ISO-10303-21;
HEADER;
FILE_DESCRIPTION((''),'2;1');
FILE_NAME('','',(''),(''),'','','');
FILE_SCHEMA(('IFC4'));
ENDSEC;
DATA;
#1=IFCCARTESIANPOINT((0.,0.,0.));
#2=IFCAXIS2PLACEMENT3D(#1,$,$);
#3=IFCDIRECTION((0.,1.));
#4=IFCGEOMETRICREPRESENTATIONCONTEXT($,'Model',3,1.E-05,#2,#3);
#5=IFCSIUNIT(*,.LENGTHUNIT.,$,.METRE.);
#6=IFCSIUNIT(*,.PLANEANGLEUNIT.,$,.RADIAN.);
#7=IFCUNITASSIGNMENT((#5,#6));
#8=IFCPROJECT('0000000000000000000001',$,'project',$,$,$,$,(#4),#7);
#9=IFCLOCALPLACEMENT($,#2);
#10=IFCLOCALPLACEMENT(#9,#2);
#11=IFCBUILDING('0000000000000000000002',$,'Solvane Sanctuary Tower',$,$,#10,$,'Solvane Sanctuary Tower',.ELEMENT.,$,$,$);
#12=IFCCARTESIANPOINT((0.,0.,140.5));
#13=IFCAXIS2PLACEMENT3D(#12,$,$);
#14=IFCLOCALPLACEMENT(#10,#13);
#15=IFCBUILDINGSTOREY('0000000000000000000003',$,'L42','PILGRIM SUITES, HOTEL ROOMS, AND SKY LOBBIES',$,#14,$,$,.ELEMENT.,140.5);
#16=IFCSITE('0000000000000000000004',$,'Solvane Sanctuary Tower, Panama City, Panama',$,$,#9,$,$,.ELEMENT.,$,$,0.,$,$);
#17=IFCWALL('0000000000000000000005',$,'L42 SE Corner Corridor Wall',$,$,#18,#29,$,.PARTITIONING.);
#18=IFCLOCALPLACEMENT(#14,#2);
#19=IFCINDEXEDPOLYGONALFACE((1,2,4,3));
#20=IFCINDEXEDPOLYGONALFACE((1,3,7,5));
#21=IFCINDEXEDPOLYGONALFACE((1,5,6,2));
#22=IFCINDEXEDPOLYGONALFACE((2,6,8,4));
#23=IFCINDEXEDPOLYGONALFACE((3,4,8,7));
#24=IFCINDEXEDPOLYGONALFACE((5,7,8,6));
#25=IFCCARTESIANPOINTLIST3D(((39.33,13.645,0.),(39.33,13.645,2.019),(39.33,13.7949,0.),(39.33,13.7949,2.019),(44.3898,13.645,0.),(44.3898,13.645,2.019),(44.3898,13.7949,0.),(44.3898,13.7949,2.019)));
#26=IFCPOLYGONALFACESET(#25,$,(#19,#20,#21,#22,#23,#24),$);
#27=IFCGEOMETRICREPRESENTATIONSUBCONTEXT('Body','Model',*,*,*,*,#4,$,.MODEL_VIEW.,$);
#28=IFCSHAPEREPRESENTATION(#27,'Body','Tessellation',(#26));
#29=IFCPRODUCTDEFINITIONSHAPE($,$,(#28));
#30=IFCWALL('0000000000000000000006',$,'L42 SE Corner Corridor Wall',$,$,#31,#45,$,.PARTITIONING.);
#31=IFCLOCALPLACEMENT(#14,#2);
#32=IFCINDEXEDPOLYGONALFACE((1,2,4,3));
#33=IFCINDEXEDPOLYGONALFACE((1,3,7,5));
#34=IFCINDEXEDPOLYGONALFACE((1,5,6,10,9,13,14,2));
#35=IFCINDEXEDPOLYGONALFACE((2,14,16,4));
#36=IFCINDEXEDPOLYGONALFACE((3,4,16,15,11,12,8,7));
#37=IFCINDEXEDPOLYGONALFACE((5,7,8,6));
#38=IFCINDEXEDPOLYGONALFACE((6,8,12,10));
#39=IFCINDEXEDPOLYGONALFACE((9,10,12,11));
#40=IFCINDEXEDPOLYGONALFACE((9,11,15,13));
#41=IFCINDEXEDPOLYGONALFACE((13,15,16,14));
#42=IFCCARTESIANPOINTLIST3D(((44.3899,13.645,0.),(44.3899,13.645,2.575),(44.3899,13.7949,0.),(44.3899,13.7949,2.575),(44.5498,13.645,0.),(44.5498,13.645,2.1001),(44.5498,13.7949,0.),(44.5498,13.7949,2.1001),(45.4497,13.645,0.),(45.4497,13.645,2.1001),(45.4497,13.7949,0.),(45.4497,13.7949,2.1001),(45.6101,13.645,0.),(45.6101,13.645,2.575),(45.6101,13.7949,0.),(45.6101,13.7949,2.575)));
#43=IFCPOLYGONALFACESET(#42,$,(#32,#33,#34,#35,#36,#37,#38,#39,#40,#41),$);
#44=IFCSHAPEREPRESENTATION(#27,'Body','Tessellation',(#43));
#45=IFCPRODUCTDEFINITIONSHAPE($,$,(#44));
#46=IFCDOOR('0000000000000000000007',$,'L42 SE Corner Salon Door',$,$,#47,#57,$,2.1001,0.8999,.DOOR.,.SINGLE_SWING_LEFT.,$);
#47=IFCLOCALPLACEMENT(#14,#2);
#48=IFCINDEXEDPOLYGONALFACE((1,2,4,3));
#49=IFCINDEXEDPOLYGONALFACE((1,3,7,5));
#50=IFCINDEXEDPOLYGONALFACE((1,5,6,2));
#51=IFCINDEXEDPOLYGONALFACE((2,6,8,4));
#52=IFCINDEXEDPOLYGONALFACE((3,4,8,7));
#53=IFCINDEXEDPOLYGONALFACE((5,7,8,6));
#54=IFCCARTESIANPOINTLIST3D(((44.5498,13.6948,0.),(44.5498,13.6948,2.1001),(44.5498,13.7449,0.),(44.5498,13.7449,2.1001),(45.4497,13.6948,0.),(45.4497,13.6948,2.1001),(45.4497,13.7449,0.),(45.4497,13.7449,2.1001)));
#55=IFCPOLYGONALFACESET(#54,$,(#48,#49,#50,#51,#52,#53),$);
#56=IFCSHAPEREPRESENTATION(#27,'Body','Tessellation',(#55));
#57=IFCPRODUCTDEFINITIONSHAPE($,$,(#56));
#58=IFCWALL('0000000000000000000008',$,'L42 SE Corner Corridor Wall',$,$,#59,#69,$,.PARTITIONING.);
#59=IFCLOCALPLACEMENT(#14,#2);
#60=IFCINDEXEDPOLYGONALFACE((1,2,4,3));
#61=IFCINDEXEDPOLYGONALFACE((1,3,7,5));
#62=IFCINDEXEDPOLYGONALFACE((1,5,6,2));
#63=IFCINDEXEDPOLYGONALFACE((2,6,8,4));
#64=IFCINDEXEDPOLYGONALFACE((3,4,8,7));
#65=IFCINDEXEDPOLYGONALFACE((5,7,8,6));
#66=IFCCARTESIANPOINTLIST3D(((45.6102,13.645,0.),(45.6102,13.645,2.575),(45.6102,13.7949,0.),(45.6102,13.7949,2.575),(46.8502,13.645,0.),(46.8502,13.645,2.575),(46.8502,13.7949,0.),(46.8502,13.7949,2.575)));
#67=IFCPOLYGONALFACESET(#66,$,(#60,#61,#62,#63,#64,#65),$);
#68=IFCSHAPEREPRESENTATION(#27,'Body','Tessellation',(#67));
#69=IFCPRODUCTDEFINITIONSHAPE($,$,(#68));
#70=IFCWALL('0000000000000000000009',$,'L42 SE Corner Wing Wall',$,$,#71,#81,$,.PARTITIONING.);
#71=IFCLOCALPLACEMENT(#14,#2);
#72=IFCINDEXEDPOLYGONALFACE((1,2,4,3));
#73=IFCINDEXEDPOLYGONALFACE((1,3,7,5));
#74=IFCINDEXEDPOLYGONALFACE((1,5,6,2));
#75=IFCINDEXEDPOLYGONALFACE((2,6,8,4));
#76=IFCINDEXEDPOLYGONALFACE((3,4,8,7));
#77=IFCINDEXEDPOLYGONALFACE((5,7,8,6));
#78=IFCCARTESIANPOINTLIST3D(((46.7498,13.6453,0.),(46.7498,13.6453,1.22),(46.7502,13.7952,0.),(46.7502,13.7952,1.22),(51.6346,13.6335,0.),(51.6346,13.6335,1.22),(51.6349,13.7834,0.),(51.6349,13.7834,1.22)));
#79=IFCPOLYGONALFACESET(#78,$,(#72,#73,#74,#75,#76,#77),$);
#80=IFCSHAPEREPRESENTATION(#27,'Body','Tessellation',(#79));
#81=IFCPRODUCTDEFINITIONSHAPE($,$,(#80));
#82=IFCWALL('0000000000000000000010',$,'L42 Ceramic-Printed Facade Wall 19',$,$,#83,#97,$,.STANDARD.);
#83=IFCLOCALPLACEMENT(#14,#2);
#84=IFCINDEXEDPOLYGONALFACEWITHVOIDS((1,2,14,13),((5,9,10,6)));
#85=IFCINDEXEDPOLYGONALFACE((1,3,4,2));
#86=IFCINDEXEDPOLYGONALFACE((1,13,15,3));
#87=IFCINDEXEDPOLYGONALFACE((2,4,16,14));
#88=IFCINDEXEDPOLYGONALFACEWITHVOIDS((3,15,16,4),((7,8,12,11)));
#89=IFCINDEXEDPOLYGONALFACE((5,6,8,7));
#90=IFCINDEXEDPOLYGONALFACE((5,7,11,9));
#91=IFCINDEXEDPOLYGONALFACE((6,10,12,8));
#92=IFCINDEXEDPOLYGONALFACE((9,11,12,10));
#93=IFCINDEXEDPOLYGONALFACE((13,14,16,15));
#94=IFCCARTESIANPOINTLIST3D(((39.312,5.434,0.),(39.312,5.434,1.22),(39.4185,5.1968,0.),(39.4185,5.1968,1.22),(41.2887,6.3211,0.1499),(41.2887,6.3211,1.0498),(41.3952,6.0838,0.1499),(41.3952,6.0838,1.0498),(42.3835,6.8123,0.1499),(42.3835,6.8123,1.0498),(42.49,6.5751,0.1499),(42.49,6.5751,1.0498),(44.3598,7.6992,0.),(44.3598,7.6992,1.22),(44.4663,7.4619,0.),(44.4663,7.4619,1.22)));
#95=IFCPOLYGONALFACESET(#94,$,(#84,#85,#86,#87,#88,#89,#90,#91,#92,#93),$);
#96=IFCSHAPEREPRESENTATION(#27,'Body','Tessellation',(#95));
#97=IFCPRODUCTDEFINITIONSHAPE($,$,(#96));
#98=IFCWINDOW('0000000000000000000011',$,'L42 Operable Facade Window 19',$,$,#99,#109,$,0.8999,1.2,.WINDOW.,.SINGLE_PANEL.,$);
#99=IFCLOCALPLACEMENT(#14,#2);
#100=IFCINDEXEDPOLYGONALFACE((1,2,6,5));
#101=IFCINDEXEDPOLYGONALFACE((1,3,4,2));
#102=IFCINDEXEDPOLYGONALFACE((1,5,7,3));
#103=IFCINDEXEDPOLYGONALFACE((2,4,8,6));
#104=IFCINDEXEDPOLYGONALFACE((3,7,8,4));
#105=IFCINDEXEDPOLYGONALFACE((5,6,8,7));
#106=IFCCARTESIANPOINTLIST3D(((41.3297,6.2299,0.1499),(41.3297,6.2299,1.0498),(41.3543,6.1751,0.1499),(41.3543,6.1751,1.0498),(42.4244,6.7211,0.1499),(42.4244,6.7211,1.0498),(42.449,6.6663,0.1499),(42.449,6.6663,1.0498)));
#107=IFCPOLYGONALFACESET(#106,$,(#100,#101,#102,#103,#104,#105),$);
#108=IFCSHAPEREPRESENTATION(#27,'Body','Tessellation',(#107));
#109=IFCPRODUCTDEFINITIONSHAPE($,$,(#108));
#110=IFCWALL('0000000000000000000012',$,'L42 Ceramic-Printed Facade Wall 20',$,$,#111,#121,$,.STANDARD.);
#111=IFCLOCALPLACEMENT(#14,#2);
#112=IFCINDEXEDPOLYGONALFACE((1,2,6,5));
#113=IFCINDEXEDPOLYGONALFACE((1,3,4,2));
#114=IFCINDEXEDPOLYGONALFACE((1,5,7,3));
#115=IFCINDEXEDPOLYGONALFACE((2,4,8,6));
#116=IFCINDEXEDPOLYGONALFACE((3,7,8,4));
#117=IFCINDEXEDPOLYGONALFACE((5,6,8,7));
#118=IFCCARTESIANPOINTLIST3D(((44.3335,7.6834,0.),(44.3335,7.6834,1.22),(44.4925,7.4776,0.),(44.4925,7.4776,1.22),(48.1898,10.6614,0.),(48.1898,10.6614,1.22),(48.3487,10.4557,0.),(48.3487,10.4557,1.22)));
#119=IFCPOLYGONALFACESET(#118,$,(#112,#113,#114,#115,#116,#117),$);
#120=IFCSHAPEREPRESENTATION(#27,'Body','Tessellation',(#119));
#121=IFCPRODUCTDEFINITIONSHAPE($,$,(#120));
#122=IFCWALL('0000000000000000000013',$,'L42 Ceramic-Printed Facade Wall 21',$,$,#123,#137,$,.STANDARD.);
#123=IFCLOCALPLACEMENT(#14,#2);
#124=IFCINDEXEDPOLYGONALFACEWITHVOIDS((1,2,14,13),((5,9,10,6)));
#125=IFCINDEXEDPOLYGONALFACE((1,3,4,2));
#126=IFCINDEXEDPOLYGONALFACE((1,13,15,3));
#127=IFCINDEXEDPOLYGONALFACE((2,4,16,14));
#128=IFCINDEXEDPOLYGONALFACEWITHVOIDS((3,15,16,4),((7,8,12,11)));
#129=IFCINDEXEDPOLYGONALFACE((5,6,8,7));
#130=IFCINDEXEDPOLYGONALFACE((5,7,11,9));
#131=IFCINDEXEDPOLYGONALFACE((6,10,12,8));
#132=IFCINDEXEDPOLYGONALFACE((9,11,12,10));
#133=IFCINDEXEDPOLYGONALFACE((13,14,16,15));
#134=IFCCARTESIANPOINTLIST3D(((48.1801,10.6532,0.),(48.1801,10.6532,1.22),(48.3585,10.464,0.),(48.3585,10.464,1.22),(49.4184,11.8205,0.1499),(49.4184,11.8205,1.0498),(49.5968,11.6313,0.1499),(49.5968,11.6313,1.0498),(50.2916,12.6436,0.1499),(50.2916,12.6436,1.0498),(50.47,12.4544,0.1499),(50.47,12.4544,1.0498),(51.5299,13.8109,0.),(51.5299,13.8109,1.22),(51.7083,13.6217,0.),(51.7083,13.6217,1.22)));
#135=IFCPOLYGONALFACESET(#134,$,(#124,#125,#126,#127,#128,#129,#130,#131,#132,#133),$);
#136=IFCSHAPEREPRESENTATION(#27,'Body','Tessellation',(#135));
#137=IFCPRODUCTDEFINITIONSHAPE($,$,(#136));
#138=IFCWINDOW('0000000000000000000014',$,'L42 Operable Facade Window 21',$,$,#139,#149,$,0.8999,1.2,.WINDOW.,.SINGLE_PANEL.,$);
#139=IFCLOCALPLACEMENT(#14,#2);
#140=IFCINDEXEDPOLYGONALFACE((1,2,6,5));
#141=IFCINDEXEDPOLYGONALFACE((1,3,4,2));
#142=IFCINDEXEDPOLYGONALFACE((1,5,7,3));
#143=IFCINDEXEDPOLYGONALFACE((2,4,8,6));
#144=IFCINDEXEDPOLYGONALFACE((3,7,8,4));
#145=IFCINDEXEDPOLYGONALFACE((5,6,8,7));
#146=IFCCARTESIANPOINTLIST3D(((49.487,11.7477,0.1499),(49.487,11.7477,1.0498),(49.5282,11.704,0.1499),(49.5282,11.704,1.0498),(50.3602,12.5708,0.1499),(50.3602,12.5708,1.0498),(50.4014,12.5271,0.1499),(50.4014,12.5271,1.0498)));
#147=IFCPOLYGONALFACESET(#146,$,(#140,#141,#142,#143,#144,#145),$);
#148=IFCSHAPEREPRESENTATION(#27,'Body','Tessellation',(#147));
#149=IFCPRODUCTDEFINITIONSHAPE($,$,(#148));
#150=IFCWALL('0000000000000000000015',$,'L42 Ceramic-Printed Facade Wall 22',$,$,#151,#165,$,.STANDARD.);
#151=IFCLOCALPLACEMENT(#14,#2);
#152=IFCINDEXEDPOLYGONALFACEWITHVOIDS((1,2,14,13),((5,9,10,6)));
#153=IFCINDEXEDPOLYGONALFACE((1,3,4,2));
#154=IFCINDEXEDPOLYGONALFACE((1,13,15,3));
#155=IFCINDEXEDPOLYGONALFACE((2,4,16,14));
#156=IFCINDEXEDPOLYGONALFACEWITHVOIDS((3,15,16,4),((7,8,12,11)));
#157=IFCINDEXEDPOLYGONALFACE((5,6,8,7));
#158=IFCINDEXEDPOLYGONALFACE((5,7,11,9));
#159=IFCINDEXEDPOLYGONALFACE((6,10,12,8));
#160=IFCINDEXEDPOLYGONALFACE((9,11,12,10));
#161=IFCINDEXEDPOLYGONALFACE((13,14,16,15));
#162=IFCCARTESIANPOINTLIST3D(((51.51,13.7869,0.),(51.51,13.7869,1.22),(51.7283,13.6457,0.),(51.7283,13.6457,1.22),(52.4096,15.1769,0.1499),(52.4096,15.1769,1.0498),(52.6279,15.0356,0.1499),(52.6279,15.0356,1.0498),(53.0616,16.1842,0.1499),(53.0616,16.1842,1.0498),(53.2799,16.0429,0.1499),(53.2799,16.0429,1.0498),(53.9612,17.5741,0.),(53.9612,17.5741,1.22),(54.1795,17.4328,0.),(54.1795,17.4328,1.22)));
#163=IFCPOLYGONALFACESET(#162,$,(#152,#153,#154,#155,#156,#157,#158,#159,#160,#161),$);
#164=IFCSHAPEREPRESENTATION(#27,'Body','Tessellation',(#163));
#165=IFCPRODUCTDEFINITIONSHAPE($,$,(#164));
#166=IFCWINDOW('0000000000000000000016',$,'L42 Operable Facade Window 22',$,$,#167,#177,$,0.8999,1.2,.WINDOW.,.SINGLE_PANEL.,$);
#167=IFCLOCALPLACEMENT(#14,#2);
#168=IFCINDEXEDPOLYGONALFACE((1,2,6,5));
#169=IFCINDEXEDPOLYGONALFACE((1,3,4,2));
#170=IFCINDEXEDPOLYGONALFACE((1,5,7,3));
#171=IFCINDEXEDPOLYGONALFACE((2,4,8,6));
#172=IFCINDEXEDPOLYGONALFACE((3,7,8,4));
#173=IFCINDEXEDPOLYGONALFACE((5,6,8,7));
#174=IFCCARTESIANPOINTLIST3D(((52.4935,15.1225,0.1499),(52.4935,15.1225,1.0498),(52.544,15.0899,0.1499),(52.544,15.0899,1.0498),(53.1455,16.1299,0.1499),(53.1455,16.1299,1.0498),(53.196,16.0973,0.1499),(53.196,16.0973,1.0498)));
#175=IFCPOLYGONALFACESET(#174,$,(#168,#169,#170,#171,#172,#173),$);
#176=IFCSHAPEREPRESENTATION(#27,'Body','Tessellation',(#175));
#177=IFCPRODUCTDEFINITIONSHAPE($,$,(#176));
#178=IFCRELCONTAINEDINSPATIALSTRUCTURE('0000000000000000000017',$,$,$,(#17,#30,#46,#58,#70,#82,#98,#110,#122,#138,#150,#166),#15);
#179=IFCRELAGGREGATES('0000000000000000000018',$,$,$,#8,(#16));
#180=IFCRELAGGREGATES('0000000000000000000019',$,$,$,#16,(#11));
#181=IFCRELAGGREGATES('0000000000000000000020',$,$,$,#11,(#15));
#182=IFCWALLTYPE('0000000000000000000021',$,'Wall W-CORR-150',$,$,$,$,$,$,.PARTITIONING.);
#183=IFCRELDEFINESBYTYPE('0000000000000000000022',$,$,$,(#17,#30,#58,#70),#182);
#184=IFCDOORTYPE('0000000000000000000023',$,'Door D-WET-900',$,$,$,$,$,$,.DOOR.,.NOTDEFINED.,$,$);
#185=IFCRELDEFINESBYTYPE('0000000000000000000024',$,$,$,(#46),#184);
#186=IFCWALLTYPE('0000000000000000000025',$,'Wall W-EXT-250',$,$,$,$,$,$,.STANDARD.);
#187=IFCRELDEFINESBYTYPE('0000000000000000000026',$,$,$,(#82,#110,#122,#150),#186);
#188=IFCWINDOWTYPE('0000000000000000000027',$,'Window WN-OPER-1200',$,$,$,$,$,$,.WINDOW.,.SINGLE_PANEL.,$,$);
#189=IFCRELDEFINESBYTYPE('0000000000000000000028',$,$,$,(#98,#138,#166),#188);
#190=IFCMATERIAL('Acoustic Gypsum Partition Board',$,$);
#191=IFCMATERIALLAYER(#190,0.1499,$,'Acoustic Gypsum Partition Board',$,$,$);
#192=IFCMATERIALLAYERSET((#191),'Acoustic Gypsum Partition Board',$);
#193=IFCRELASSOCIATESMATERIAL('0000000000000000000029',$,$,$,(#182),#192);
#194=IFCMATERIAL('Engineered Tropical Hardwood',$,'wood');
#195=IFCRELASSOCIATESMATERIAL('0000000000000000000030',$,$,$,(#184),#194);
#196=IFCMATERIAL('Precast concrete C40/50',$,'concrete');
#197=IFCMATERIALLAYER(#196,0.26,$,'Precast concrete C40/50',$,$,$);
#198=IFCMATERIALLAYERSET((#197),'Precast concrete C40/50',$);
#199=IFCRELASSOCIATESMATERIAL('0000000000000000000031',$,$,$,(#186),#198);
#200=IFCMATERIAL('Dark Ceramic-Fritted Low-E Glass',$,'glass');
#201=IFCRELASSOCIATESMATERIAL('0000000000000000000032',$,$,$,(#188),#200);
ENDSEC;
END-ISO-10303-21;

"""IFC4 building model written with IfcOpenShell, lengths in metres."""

from ifc_helpers import new_model, si_unit, direction, frame, frame_2d, origin, place, context, subcontext, project, spatial, rectangle, extrude, material, layer, layer_set, type_object, element, fill, save


model = new_model("IFC4")

# Units and contexts
model_context = context("Model", 3, precision=1e-05, world=origin(), true_north=direction((0.0, 1.0)))
body_context = subcontext(model_context, "Body", "Model", "MODEL_VIEW")
ifc_project = project(units=[si_unit("LENGTHUNIT", "METRE"), si_unit("PLANEANGLEUNIT", "RADIAN")], contexts=[model_context])

# Site, building, storey
site_placement = place(None, origin())
site = spatial("IfcSite", under=ifc_project, at=site_placement, Name="Solvane Sanctuary Tower, Panama City, Panama", CompositionType="ELEMENT", RefElevation=0.0)
building_placement = place(site_placement, origin())
building = spatial("IfcBuilding", under=site, at=building_placement, Name="Solvane Sanctuary Tower", LongName="Solvane Sanctuary Tower", CompositionType="ELEMENT")
storey_placement = place(building_placement, frame((0.0, 0.0, 140.5)))
storey = spatial("IfcBuildingStorey", under=building, at=storey_placement, Name="L42", Description="PILGRIM SUITES, HOTEL ROOMS, AND SKY LOBBIES", CompositionType="ELEMENT", Elevation=140.5)

# Wall
ifc_material_1 = material(Name="Acoustic Gypsum Partition Board")
ifc_layer_1 = layer(ifc_material_1, 0.1499, Name="Acoustic Gypsum Partition Board")
ifc_layer_set_1 = layer_set([ifc_layer_1], Name="Acoustic Gypsum Partition Board")
wall_type_1 = type_object("IfcWallType", Name="Wall W-CORR-150", PredefinedType="PARTITIONING", material=ifc_layer_set_1)
wall_1_placement = place(storey_placement, frame((39.3301, 13.72, 0.0), z_axis=(0.0, 0.0, 1.0), x_axis=(1.0, 0.0, 0.0)))
element("IfcWall", 1, at=wall_1_placement, inside=storey, type_object=wall_type_1, Name="L42 SE Corner Corridor Wall", PredefinedType="PARTITIONING", context=body_context, shape_type="SweptSolid", body=[
    extrude(rectangle(XDim=5.0598, YDim=0.1499, at=frame_2d((2.5298, 0.0))), origin(), (0.0, 0.0, 1.0), 2.019),
])

# Wall, opening, door
wall_2_placement = place(storey_placement, frame((44.3899, 13.72, 0.0), z_axis=(0.0, 0.0, 1.0), x_axis=(1.0, 0.0, 0.0)))
wall_2 = element("IfcWall", 2, at=wall_2_placement, inside=storey, type_object=wall_type_1, Name="L42 SE Corner Corridor Wall", PredefinedType="PARTITIONING", context=body_context, shape_type="SweptSolid", body=[
    extrude(rectangle(XDim=1.2202, YDim=0.1499, at=frame_2d((0.6101, 0.0))), origin(), (0.0, 0.0, 1.0), 2.575),
])
opening_1_placement = place(wall_2_placement, frame((0.1599, 0.0, 0.0)))
opening_1 = element("IfcOpeningElement", 3, at=opening_1_placement, cuts=wall_2, PredefinedType="OPENING", context=body_context, shape_type="SweptSolid", body=[
    extrude(rectangle(XDim=0.8999, YDim=2.1001, at=frame_2d((0.45, 1.05))), frame((0.0, 0.085, 0.0), z_axis=(0.0, -1.0, 0.0), x_axis=(1.0, 0.0, 0.0)), (0.0, 0.0, 1.0), 0.1699),
])
ifc_material_2 = material(Name="Engineered Tropical Hardwood", Category="wood")
door_type = type_object("IfcDoorType", Name="Door D-WET-900", OperationType="NOTDEFINED", PredefinedType="DOOR", material=ifc_material_2)
door_placement = place(opening_1_placement, origin())
door = element("IfcDoor", 4, at=door_placement, inside=storey, type_object=door_type, Name="L42 SE Corner Salon Door", OperationType="SINGLE_SWING_LEFT", OverallHeight=2.1001, OverallWidth=0.8999, PredefinedType="DOOR", context=body_context, shape_type="SweptSolid", body=[
    extrude(rectangle(XDim=0.8999, YDim=2.1001, at=frame_2d((0.45, 1.05))), frame((0.0, 0.0249, 0.0), z_axis=(0.0, -1.0, 0.0), x_axis=(1.0, 0.0, 0.0)), (0.0, 0.0, 1.0), 0.05),
])
fill(opening_1, door)

# Walls
wall_3_placement = place(storey_placement, frame((45.6101, 13.72, 0.0), z_axis=(0.0, 0.0, 1.0), x_axis=(1.0, 0.0, 0.0)))
element("IfcWall", 5, at=wall_3_placement, inside=storey, type_object=wall_type_1, Name="L42 SE Corner Corridor Wall", PredefinedType="PARTITIONING", context=body_context, shape_type="SweptSolid", body=[
    extrude(rectangle(XDim=1.24, YDim=0.1499, at=frame_2d((0.6201, 0.0))), origin(), (0.0, 0.0, 1.0), 2.575),
])
wall_4_placement = place(storey_placement, frame((46.75, 13.7202, 0.0), z_axis=(0.0, 0.0, 1.0), x_axis=(0.999997, -0.002399, 0.0)))
element("IfcWall", 6, at=wall_4_placement, inside=storey, type_object=wall_type_1, Name="L42 SE Corner Wing Wall", PredefinedType="PARTITIONING", context=body_context, shape_type="SweptSolid", body=[
    extrude(rectangle(XDim=4.8848, YDim=0.1499, at=frame_2d((2.4424, 0.0))), origin(), (0.0, 0.0, 1.0), 1.22),
])

# Wall, opening, window
ifc_material_3 = material(Name="Precast concrete C40/50", Category="concrete")
ifc_layer_2 = layer(ifc_material_3, 0.26, Name="Precast concrete C40/50")
ifc_layer_set_2 = layer_set([ifc_layer_2], Name="Precast concrete C40/50")
wall_type_2 = type_object("IfcWallType", Name="Wall W-EXT-250", PredefinedType="STANDARD", material=ifc_layer_set_2)
wall_5_placement = place(storey_placement, frame((39.3652, 5.3154, 0.0), z_axis=(0.0, 0.0, 1.0), x_axis=(0.912354, 0.409403, 0.0)))
wall_5 = element("IfcWall", 7, at=wall_5_placement, inside=storey, type_object=wall_type_2, Name="L42 Ceramic-Printed Facade Wall 19", PredefinedType="STANDARD", context=body_context, shape_type="SweptSolid", body=[
    extrude(rectangle(XDim=5.5327, YDim=0.26, at=frame_2d((2.7664, 0.0))), origin(), (0.0, 0.0, 1.0), 1.22),
])
opening_2_placement = place(wall_5_placement, frame((2.1665, 0.0, 0.1499)))
opening_2 = element("IfcOpeningElement", 8, at=opening_2_placement, cuts=wall_5, PredefinedType="OPENING", context=body_context, shape_type="SweptSolid", body=[
    extrude(rectangle(XDim=1.2, YDim=0.8999, at=frame_2d((0.6001, 0.45))), frame((0.0, 0.1399, 0.0), z_axis=(0.0, -1.0, 0.0), x_axis=(1.0, 0.0, 0.0)), (0.0, 0.0, 1.0), 0.28),
])
ifc_material_4 = material(Name="Dark Ceramic-Fritted Low-E Glass", Category="glass")
window_type = type_object("IfcWindowType", Name="Window WN-OPER-1200", PartitioningType="SINGLE_PANEL", PredefinedType="WINDOW", material=ifc_material_4)
window_1_placement = place(opening_2_placement, origin())
window_1 = element("IfcWindow", 9, at=window_1_placement, inside=storey, type_object=window_type, Name="L42 Operable Facade Window 19", OverallHeight=0.8999, OverallWidth=1.2, PartitioningType="SINGLE_PANEL", PredefinedType="WINDOW", context=body_context, shape_type="SweptSolid", body=[
    extrude(rectangle(XDim=1.2, YDim=0.8999, at=frame_2d((0.6001, 0.45))), frame((0.0, 0.03, 0.0), z_axis=(0.0, -1.0, 0.0), x_axis=(1.0, 0.0, 0.0)), (0.0, 0.0, 1.0), 0.0601),
])
fill(opening_2, window_1)

# Wall
wall_6_placement = place(storey_placement, frame((44.4131, 7.5806, 0.0), z_axis=(0.0, 0.0, 1.0), x_axis=(0.79146, 0.611221, 0.0)))
element("IfcWall", 10, at=wall_6_placement, inside=storey, type_object=wall_type_2, Name="L42 Ceramic-Printed Facade Wall 20", PredefinedType="STANDARD", context=body_context, shape_type="SweptSolid", body=[
    extrude(rectangle(XDim=4.8723, YDim=0.26, at=frame_2d((2.436, 0.0))), origin(), (0.0, 0.0, 1.0), 1.22),
])

# Walls, openings, windows
wall_7_placement = place(storey_placement, frame((48.2693, 10.5586, 0.0), z_axis=(0.0, 0.0, 1.0), x_axis=(0.727667, 0.68593, 0.0)))
wall_7 = element("IfcWall", 11, at=wall_7_placement, inside=storey, type_object=wall_type_2, Name="L42 Ceramic-Printed Facade Wall 21", PredefinedType="STANDARD", context=body_context, shape_type="SweptSolid", body=[
    extrude(rectangle(XDim=4.6035, YDim=0.26, at=frame_2d((2.3018, 0.0))), origin(), (0.0, 0.0, 1.0), 1.22),
])
opening_3_placement = place(wall_7_placement, frame((1.7017, 0.0, 0.1499)))
opening_3 = element("IfcOpeningElement", 12, at=opening_3_placement, cuts=wall_7, PredefinedType="OPENING", context=body_context, shape_type="SweptSolid", body=[
    extrude(rectangle(XDim=1.2, YDim=0.8999, at=frame_2d((0.6001, 0.45))), frame((0.0, 0.1399, 0.0), z_axis=(0.0, -1.0, 0.0), x_axis=(1.0, 0.0, 0.0)), (0.0, 0.0, 1.0), 0.28),
])
window_2_placement = place(opening_3_placement, origin())
window_2 = element("IfcWindow", 13, at=window_2_placement, inside=storey, type_object=window_type, Name="L42 Operable Facade Window 21", OverallHeight=0.8999, OverallWidth=1.2, PartitioningType="SINGLE_PANEL", PredefinedType="WINDOW", context=body_context, shape_type="SweptSolid", body=[
    extrude(rectangle(XDim=1.2, YDim=0.8999, at=frame_2d((0.6001, 0.45))), frame((0.0, 0.03, 0.0), z_axis=(0.0, -1.0, 0.0), x_axis=(1.0, 0.0, 0.0)), (0.0, 0.0, 1.0), 0.0601),
])
fill(opening_3, window_2)
wall_8_placement = place(storey_placement, frame((51.6191, 13.7163, 0.0), z_axis=(0.0, 0.0, 1.0), x_axis=(0.543359, 0.8395, 0.0)))
wall_8 = element("IfcWall", 14, at=wall_8_placement, inside=storey, type_object=wall_type_2, Name="L42 Ceramic-Printed Facade Wall 22", PredefinedType="STANDARD", context=body_context, shape_type="SweptSolid", body=[
    extrude(rectangle(XDim=4.5112, YDim=0.26, at=frame_2d((2.2556, 0.0))), origin(), (0.0, 0.0, 1.0), 1.22),
])
opening_4_placement = place(wall_8_placement, frame((1.6555, 0.0, 0.1499)))
opening_4 = element("IfcOpeningElement", 15, at=opening_4_placement, cuts=wall_8, PredefinedType="OPENING", context=body_context, shape_type="SweptSolid", body=[
    extrude(rectangle(XDim=1.2, YDim=0.8999, at=frame_2d((0.6001, 0.45))), frame((0.0, 0.1399, 0.0), z_axis=(0.0, -1.0, 0.0), x_axis=(1.0, 0.0, 0.0)), (0.0, 0.0, 1.0), 0.28),
])
window_3_placement = place(opening_4_placement, origin())
window_3 = element("IfcWindow", 16, at=window_3_placement, inside=storey, type_object=window_type, Name="L42 Operable Facade Window 22", OverallHeight=0.8999, OverallWidth=1.2, PartitioningType="SINGLE_PANEL", PredefinedType="WINDOW", context=body_context, shape_type="SweptSolid", body=[
    extrude(rectangle(XDim=1.2, YDim=0.8999, at=frame_2d((0.6001, 0.45))), frame((0.0, 0.03, 0.0), z_axis=(0.0, -1.0, 0.0), x_axis=(1.0, 0.0, 0.0)), (0.0, 0.0, 1.0), 0.0601),
])
fill(opening_4, window_3)

save(model, "model.ifc")
